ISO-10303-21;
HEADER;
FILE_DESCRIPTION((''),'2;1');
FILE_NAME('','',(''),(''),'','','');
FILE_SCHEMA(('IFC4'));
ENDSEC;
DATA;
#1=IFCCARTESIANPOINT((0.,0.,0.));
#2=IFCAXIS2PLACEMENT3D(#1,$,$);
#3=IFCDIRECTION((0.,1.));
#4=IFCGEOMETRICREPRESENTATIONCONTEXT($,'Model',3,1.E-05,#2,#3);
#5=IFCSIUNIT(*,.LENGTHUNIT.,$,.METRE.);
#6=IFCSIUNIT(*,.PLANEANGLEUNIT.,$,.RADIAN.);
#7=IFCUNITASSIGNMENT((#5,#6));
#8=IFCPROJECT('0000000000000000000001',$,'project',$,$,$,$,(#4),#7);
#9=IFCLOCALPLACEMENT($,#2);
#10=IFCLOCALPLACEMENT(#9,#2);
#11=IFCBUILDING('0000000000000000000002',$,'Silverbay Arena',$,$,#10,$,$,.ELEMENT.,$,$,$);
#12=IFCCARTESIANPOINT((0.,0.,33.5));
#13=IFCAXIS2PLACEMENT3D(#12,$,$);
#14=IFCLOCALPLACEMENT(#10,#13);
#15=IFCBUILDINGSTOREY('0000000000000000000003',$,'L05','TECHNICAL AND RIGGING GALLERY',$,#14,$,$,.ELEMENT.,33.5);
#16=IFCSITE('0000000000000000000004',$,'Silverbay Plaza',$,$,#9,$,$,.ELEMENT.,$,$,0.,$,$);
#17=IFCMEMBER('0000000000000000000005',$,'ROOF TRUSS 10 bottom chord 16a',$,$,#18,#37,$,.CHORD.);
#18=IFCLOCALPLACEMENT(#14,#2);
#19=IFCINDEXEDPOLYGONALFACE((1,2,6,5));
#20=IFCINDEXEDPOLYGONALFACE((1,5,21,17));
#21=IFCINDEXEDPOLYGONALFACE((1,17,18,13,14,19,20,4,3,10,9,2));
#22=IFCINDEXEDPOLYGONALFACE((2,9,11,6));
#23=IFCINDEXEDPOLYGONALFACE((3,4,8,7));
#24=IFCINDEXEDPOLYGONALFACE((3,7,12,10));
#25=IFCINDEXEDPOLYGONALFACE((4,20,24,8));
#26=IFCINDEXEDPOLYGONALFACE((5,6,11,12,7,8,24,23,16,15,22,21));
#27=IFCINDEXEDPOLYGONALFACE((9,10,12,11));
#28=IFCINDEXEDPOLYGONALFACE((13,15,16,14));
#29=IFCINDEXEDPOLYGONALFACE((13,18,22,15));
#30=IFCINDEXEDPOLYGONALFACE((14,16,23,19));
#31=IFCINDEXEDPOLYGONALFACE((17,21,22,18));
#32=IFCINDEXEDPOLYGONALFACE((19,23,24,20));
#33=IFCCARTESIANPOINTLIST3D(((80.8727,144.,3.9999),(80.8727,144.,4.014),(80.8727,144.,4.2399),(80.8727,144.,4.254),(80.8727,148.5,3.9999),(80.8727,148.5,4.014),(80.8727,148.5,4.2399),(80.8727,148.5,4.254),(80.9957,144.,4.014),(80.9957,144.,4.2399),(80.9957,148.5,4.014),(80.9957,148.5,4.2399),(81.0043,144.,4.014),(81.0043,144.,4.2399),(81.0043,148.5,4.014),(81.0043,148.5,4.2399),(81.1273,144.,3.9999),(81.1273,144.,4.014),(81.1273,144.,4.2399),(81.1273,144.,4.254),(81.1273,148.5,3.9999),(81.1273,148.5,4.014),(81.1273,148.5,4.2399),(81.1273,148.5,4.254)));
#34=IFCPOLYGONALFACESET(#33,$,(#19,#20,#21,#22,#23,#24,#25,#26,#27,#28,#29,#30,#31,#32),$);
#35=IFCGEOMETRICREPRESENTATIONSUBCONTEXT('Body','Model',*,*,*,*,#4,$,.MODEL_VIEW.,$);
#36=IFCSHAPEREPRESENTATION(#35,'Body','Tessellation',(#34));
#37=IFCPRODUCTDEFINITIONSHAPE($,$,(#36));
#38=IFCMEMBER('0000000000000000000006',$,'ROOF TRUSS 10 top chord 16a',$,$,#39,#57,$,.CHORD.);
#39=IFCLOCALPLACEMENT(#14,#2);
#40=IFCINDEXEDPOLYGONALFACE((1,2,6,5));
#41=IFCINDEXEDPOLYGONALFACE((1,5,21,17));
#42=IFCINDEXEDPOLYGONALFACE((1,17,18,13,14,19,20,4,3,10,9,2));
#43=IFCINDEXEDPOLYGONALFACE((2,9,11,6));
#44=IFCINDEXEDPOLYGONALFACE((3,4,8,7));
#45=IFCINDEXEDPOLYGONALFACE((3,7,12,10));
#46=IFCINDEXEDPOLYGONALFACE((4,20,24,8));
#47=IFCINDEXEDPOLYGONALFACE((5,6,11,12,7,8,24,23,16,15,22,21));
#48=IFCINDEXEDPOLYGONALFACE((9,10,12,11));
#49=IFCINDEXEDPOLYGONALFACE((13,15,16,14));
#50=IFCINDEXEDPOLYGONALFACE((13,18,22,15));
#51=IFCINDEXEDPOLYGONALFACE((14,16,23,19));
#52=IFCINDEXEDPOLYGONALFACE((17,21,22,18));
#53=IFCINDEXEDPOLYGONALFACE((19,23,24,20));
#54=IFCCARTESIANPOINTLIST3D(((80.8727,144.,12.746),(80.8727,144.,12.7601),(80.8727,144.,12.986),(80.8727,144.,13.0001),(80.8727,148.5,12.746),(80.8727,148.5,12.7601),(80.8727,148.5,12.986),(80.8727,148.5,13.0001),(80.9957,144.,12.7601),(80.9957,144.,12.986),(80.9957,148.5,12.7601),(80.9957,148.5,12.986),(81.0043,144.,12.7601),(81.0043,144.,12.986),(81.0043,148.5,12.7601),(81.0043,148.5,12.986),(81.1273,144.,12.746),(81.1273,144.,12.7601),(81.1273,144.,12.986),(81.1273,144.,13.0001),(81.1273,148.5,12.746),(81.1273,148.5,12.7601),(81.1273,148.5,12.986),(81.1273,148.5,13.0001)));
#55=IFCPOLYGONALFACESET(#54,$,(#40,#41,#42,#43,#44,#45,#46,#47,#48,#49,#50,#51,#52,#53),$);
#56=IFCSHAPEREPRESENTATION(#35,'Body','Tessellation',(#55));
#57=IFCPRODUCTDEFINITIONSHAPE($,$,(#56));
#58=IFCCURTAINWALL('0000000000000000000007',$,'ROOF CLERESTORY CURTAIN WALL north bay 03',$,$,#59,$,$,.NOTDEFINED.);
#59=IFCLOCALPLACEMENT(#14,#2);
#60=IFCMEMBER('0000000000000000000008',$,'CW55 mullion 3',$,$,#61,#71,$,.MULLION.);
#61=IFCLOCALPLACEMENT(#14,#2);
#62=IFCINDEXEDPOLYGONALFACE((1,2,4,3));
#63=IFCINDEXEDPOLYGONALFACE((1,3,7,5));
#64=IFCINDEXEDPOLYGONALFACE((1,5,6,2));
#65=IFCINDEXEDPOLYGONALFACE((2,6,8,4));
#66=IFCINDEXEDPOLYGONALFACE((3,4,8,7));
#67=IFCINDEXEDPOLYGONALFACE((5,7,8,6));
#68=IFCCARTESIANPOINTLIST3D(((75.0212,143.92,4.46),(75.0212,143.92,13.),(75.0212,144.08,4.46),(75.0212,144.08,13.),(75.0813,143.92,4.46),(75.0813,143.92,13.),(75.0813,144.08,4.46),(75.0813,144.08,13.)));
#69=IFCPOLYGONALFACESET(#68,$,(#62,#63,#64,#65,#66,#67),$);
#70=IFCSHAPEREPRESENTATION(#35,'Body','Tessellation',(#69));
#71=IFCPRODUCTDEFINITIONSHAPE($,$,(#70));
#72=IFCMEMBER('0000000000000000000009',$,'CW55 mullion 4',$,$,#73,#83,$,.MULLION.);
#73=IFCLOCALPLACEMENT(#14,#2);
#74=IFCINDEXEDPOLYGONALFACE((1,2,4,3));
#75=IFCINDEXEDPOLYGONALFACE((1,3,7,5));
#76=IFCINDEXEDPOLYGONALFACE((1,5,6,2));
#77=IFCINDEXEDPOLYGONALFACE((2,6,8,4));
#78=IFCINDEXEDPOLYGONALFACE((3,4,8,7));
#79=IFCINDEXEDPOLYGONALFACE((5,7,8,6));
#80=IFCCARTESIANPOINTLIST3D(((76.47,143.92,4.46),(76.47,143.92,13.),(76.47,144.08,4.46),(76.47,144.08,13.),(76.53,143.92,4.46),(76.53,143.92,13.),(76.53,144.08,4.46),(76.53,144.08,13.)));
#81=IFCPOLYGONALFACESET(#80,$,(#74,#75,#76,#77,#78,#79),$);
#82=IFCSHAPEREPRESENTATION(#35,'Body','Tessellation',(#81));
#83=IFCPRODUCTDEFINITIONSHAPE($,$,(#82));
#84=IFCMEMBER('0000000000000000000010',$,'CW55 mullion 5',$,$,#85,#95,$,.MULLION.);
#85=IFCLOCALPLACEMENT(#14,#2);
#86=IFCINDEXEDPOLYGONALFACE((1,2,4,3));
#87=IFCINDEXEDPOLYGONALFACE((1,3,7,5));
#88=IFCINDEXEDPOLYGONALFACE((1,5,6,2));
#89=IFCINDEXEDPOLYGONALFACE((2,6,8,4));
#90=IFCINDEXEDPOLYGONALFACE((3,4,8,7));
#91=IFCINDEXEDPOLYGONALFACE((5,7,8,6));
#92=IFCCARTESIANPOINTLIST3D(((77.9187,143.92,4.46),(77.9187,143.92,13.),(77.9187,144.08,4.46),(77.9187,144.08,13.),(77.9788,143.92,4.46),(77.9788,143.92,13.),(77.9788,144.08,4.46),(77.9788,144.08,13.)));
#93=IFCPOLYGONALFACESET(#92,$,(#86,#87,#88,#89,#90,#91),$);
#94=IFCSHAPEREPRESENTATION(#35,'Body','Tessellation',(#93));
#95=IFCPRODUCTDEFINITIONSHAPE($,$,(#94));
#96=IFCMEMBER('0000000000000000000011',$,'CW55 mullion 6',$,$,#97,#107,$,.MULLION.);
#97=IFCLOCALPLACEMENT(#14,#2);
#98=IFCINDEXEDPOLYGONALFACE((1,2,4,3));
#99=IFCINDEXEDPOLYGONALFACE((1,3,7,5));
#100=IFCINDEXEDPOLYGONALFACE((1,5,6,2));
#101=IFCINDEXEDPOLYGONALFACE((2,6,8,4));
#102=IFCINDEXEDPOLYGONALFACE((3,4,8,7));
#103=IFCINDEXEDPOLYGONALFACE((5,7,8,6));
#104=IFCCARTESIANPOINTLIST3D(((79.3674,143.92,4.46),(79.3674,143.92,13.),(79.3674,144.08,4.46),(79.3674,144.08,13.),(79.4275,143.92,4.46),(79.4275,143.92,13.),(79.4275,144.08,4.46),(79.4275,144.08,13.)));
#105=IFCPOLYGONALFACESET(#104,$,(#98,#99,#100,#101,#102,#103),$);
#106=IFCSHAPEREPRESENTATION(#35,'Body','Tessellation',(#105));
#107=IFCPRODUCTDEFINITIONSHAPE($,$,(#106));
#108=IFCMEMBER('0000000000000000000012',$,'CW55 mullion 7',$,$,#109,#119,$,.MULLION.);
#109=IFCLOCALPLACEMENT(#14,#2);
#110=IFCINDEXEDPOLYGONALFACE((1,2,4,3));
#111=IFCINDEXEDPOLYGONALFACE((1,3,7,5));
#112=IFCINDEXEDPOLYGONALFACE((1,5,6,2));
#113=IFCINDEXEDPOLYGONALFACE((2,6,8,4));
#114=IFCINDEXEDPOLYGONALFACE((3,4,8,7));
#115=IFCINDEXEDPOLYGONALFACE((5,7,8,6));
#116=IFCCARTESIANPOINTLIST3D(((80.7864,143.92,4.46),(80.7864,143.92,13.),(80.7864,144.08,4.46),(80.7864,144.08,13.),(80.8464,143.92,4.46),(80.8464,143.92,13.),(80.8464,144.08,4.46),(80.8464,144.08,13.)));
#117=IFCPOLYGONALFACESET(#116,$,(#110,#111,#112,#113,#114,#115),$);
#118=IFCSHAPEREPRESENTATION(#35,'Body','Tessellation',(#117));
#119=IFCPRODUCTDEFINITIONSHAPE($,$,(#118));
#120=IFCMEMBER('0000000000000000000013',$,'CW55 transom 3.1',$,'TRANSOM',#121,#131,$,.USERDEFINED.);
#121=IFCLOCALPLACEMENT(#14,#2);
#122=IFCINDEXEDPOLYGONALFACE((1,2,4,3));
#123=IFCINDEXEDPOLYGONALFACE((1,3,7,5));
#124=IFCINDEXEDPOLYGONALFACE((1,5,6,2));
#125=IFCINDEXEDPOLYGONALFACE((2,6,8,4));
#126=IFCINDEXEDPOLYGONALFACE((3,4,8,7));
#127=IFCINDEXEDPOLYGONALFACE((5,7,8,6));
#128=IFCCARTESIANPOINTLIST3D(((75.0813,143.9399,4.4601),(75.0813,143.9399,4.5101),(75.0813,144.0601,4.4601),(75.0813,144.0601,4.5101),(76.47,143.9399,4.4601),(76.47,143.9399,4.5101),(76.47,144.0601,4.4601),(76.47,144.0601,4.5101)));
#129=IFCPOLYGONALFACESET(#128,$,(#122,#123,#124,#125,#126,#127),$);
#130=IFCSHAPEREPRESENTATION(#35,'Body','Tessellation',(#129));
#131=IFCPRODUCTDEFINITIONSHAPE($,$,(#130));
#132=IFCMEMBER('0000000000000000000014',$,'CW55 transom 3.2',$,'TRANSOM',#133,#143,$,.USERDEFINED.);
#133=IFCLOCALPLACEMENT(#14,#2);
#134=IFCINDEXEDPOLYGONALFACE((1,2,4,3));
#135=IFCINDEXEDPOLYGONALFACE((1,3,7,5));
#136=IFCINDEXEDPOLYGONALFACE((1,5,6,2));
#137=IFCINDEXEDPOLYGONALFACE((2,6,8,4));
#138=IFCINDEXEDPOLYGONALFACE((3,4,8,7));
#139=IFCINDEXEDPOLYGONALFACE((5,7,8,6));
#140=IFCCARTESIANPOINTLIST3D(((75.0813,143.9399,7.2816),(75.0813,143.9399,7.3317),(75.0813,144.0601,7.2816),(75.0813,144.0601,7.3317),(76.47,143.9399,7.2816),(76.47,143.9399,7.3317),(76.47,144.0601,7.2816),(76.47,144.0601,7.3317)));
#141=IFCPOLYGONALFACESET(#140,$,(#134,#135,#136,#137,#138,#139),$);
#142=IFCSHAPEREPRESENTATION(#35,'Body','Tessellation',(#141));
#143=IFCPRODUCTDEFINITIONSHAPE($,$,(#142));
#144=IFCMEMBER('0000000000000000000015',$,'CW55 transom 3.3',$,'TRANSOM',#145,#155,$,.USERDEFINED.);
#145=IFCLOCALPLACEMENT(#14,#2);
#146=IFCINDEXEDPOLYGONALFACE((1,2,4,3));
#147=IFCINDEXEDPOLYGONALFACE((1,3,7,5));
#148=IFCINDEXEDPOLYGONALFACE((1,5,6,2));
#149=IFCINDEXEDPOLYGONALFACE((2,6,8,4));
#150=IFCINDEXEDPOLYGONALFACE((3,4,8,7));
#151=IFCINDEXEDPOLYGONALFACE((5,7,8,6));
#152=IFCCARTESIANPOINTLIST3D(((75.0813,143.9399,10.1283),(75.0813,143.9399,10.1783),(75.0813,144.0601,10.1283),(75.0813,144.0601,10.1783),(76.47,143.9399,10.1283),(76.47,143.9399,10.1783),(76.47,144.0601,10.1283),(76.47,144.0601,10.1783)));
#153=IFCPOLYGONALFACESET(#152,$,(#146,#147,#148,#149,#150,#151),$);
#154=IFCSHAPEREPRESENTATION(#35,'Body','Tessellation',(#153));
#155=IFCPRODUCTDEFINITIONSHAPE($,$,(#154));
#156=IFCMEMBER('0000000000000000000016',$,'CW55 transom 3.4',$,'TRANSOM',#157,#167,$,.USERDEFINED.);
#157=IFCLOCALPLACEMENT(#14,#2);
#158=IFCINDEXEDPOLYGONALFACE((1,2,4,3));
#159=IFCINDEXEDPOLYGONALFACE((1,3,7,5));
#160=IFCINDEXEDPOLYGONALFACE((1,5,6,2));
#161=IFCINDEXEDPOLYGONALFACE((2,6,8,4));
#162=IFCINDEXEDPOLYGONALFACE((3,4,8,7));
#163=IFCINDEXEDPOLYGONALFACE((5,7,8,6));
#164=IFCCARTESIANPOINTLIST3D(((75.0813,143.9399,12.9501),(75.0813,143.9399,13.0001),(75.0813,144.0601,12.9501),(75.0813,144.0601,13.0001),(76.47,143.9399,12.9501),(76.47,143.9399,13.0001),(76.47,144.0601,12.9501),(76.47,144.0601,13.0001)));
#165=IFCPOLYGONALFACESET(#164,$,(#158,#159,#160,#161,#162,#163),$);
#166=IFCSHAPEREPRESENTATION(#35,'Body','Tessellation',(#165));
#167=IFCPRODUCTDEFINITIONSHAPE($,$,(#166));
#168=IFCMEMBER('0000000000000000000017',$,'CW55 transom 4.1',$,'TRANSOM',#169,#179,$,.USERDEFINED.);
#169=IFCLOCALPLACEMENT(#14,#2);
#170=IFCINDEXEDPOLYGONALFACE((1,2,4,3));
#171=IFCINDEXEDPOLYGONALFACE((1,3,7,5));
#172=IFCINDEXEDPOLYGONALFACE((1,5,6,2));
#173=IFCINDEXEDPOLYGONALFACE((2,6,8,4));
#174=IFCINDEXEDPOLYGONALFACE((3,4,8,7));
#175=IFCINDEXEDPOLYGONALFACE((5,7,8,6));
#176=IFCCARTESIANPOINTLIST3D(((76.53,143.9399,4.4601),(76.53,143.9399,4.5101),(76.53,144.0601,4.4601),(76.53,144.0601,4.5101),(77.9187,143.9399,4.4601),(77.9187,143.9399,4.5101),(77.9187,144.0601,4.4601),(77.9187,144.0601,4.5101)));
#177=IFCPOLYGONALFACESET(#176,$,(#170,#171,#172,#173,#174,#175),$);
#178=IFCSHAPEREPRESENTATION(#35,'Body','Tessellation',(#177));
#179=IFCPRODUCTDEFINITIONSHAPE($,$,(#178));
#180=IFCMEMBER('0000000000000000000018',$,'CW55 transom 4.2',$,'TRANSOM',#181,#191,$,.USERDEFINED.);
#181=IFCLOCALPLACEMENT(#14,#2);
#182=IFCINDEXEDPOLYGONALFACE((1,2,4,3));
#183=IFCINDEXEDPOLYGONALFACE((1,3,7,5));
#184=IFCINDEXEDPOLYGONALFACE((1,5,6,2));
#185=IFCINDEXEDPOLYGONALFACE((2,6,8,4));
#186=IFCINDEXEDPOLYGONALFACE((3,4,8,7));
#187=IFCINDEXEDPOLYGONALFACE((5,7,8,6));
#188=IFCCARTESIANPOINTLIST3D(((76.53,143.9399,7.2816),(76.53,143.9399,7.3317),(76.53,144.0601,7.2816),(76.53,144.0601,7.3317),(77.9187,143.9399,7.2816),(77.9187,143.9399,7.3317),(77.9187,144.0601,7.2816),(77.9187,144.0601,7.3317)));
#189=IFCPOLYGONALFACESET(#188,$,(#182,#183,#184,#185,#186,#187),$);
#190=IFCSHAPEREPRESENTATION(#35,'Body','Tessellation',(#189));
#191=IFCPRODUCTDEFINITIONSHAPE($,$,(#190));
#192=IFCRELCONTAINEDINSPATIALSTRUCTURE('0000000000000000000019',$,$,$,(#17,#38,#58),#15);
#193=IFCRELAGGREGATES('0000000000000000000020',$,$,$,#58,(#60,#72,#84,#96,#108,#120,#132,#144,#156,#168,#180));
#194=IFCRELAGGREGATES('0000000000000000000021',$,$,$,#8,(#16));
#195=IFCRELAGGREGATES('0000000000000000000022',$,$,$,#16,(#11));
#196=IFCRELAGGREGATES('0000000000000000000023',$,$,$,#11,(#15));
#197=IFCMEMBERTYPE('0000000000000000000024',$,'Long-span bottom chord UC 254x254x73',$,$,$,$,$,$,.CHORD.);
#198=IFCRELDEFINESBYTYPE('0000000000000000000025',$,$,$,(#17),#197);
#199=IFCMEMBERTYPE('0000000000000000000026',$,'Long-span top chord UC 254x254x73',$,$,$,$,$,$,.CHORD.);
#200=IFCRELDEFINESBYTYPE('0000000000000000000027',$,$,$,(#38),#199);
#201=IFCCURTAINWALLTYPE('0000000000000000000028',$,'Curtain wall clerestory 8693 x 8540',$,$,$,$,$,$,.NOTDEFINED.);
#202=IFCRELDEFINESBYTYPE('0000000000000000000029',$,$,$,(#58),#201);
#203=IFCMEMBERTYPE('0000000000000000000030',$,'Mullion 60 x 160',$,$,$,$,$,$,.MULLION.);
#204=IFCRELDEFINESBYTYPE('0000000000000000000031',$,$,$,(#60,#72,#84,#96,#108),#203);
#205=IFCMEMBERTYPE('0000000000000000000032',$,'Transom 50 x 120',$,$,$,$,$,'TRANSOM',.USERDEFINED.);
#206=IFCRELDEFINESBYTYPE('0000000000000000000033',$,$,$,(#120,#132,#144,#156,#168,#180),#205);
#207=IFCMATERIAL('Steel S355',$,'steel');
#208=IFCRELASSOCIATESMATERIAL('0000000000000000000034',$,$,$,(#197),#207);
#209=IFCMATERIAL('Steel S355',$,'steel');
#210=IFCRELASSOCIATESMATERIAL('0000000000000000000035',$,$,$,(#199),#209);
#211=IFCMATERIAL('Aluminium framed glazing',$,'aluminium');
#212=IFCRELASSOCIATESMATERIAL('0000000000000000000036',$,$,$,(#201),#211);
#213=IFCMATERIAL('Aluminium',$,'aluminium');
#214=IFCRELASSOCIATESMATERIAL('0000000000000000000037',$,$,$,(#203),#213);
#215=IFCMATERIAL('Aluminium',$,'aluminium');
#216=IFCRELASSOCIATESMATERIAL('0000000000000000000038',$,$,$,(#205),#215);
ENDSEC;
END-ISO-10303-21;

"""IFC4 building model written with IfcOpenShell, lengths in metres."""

from ifc_helpers import new_model, si_unit, direction, frame, origin, origin_2d, place, context, subcontext, project, spatial, rectangle, i_section, extrude, material, material_profile, profile_set, type_object, element, aggregate, save


model = new_model("IFC4")

# Units and contexts
model_context = context("Model", 3, precision=1e-05, world=origin(), true_north=direction((0.0, 1.0)))
body_context = subcontext(model_context, "Body", "Model", "MODEL_VIEW")
ifc_project = project(units=[si_unit("LENGTHUNIT", "METRE"), si_unit("PLANEANGLEUNIT", "RADIAN")], contexts=[model_context])

# Site, building, storey
site_placement = place(None, origin())
site = spatial("IfcSite", under=ifc_project, at=site_placement, Name="Silverbay Plaza", CompositionType="ELEMENT", RefElevation=0.0)
building_placement = place(site_placement, origin())
building = spatial("IfcBuilding", under=site, at=building_placement, Name="Silverbay Arena", CompositionType="ELEMENT")
storey_placement = place(building_placement, frame((0.0, 0.0, 33.5)))
storey = spatial("IfcBuildingStorey", under=building, at=storey_placement, Name="L05", Description="TECHNICAL AND RIGGING GALLERY", CompositionType="ELEMENT", Elevation=33.5)

# Members
ifc_material_1 = material(Name="Steel S355", Category="steel")
ifc_material_profile_1 = material_profile(ifc_material_1, i_section(OverallWidth=0.2546, OverallDepth=0.2542, WebThickness=0.0085, FlangeThickness=0.0142, at=origin_2d()), Name="UC 254x254x73")
ifc_profile_set_1 = profile_set([ifc_material_profile_1], Name="Steel S355")
member_type_1 = type_object("IfcMemberType", Name="Long-span bottom chord UC 254x254x73", PredefinedType="CHORD", material=ifc_profile_set_1)
member_1_placement = place(storey_placement, frame((81.0, 144.0, 4.127), z_axis=(0.0, 1.0, 0.0), x_axis=(-1.0, 0.0, 0.0)))
element("IfcMember", 1, at=member_1_placement, inside=storey, type_object=member_type_1, Name="ROOF TRUSS 10 bottom chord 16a", PredefinedType="CHORD", context=body_context, shape_type="SweptSolid", body=[
    extrude(i_section(OverallWidth=0.2546, OverallDepth=0.2542, WebThickness=0.0085, FlangeThickness=0.0142, at=origin_2d()), origin(), (0.0, 0.0, 1.0), 4.5),
])
ifc_material_2 = material(Name="Steel S355", Category="steel")
ifc_material_profile_2 = material_profile(ifc_material_2, i_section(OverallWidth=0.2546, OverallDepth=0.2542, WebThickness=0.0085, FlangeThickness=0.0142, at=origin_2d()), Name="UC 254x254x73")
ifc_profile_set_2 = profile_set([ifc_material_profile_2], Name="Steel S355")
member_type_2 = type_object("IfcMemberType", Name="Long-span top chord UC 254x254x73", PredefinedType="CHORD", material=ifc_profile_set_2)
member_2_placement = place(storey_placement, frame((81.0, 144.0, 12.873), z_axis=(0.0, 1.0, 0.0), x_axis=(-1.0, 0.0, 0.0)))
element("IfcMember", 2, at=member_2_placement, inside=storey, type_object=member_type_2, Name="ROOF TRUSS 10 top chord 16a", PredefinedType="CHORD", context=body_context, shape_type="SweptSolid", body=[
    extrude(i_section(OverallWidth=0.2546, OverallDepth=0.2542, WebThickness=0.0085, FlangeThickness=0.0142, at=origin_2d()), origin(), (0.0, 0.0, 1.0), 4.5),
])

# Curtain wall, members
ifc_material_3 = material(Name="Aluminium framed glazing", Category="aluminium")
curtain_wall_type = type_object("IfcCurtainWallType", Name="Curtain wall clerestory 8693 x 8540", PredefinedType="NOTDEFINED", material=ifc_material_3)
curtain_wall_placement = place(storey_placement, origin())
curtain_wall = element("IfcCurtainWall", 3, at=curtain_wall_placement, inside=storey, type_object=curtain_wall_type, Name="ROOF CLERESTORY CURTAIN WALL north bay 03", PredefinedType="NOTDEFINED")
ifc_material_4 = material(Name="Aluminium", Category="aluminium")
ifc_material_profile_3 = material_profile(ifc_material_4, rectangle(XDim=0.1599, YDim=0.0601, at=origin_2d()), Name="Mullion 60 x 160")
ifc_profile_set_3 = profile_set([ifc_material_profile_3], Name="Aluminium")
member_type_3 = type_object("IfcMemberType", Name="Mullion 60 x 160", PredefinedType="MULLION", material=ifc_profile_set_3)
member_3_placement = place(storey_placement, frame((75.0513, 144.0, 4.46), z_axis=(0.0, 0.0, 1.0), x_axis=(0.0, 1.0, 0.0)))
member_3 = element("IfcMember", 4, at=member_3_placement, type_object=member_type_3, Name="CW55 mullion 3", PredefinedType="MULLION", context=body_context, shape_type="SweptSolid", body=[
    extrude(rectangle(XDim=0.1599, YDim=0.0601, at=origin_2d()), origin(), (0.0, 0.0, 1.0), 8.54),
])
member_4_placement = place(storey_placement, frame((76.5, 144.0, 4.46), z_axis=(0.0, 0.0, 1.0), x_axis=(0.0, 1.0, 0.0)))
member_4 = element("IfcMember", 5, at=member_4_placement, type_object=member_type_3, Name="CW55 mullion 4", PredefinedType="MULLION", context=body_context, shape_type="SweptSolid", body=[
    extrude(rectangle(XDim=0.1599, YDim=0.0601, at=origin_2d()), origin(), (0.0, 0.0, 1.0), 8.54),
])
member_5_placement = place(storey_placement, frame((77.9487, 144.0, 4.46), z_axis=(0.0, 0.0, 1.0), x_axis=(0.0, 1.0, 0.0)))
member_5 = element("IfcMember", 6, at=member_5_placement, type_object=member_type_3, Name="CW55 mullion 5", PredefinedType="MULLION", context=body_context, shape_type="SweptSolid", body=[
    extrude(rectangle(XDim=0.1599, YDim=0.0601, at=origin_2d()), origin(), (0.0, 0.0, 1.0), 8.54),
])
member_6_placement = place(storey_placement, frame((79.3975, 144.0, 4.46), z_axis=(0.0, 0.0, 1.0), x_axis=(0.0, 1.0, 0.0)))
member_6 = element("IfcMember", 7, at=member_6_placement, type_object=member_type_3, Name="CW55 mullion 6", PredefinedType="MULLION", context=body_context, shape_type="SweptSolid", body=[
    extrude(rectangle(XDim=0.1599, YDim=0.0601, at=origin_2d()), origin(), (0.0, 0.0, 1.0), 8.54),
])
member_7_placement = place(storey_placement, frame((80.8164, 144.0, 4.46), z_axis=(0.0, 0.0, 1.0), x_axis=(0.0, 1.0, 0.0)))
member_7 = element("IfcMember", 8, at=member_7_placement, type_object=member_type_3, Name="CW55 mullion 7", PredefinedType="MULLION", context=body_context, shape_type="SweptSolid", body=[
    extrude(rectangle(XDim=0.1599, YDim=0.0601, at=origin_2d()), origin(), (0.0, 0.0, 1.0), 8.54),
])
ifc_material_5 = material(Name="Aluminium", Category="aluminium")
ifc_material_profile_4 = material_profile(ifc_material_5, rectangle(XDim=0.1201, YDim=0.05, at=origin_2d()), Name="Transom 50 x 120")
ifc_profile_set_4 = profile_set([ifc_material_profile_4], Name="Aluminium")
member_type_4 = type_object("IfcMemberType", Name="Transom 50 x 120", ElementType="TRANSOM", PredefinedType="USERDEFINED", material=ifc_profile_set_4)
member_8_placement = place(storey_placement, frame((75.0813, 144.0, 4.4851), z_axis=(1.0, 0.0, 0.0), x_axis=(0.0, 1.0, 0.0)))
member_8 = element("IfcMember", 9, at=member_8_placement, type_object=member_type_4, Name="CW55 transom 3.1", ObjectType="TRANSOM", PredefinedType="USERDEFINED", context=body_context, shape_type="SweptSolid", body=[
    extrude(rectangle(XDim=0.1201, YDim=0.05, at=origin_2d()), origin(), (0.0, 0.0, 1.0), 1.3887),
])
member_9_placement = place(storey_placement, frame((75.0813, 144.0, 7.3066), z_axis=(1.0, 0.0, 0.0), x_axis=(0.0, 1.0, 0.0)))
member_9 = element("IfcMember", 10, at=member_9_placement, type_object=member_type_4, Name="CW55 transom 3.2", ObjectType="TRANSOM", PredefinedType="USERDEFINED", context=body_context, shape_type="SweptSolid", body=[
    extrude(rectangle(XDim=0.1201, YDim=0.05, at=origin_2d()), origin(), (0.0, 0.0, 1.0), 1.3887),
])
member_10_placement = place(storey_placement, frame((75.0813, 144.0, 10.1533), z_axis=(1.0, 0.0, 0.0), x_axis=(0.0, 1.0, 0.0)))
member_10 = element("IfcMember", 11, at=member_10_placement, type_object=member_type_4, Name="CW55 transom 3.3", ObjectType="TRANSOM", PredefinedType="USERDEFINED", context=body_context, shape_type="SweptSolid", body=[
    extrude(rectangle(XDim=0.1201, YDim=0.05, at=origin_2d()), origin(), (0.0, 0.0, 1.0), 1.3887),
])
member_11_placement = place(storey_placement, frame((75.0813, 144.0, 12.9751), z_axis=(1.0, 0.0, 0.0), x_axis=(0.0, 1.0, 0.0)))
member_11 = element("IfcMember", 12, at=member_11_placement, type_object=member_type_4, Name="CW55 transom 3.4", ObjectType="TRANSOM", PredefinedType="USERDEFINED", context=body_context, shape_type="SweptSolid", body=[
    extrude(rectangle(XDim=0.1201, YDim=0.05, at=origin_2d()), origin(), (0.0, 0.0, 1.0), 1.3887),
])
member_12_placement = place(storey_placement, frame((76.53, 144.0, 4.4851), z_axis=(1.0, 0.0, 0.0), x_axis=(0.0, 1.0, 0.0)))
member_12 = element("IfcMember", 13, at=member_12_placement, type_object=member_type_4, Name="CW55 transom 4.1", ObjectType="TRANSOM", PredefinedType="USERDEFINED", context=body_context, shape_type="SweptSolid", body=[
    extrude(rectangle(XDim=0.1201, YDim=0.05, at=origin_2d()), origin(), (0.0, 0.0, 1.0), 1.3887),
])
member_13_placement = place(storey_placement, frame((76.53, 144.0, 7.3066), z_axis=(1.0, 0.0, 0.0), x_axis=(0.0, 1.0, 0.0)))
member_13 = element("IfcMember", 14, at=member_13_placement, type_object=member_type_4, Name="CW55 transom 4.2", ObjectType="TRANSOM", PredefinedType="USERDEFINED", context=body_context, shape_type="SweptSolid", body=[
    extrude(rectangle(XDim=0.1201, YDim=0.05, at=origin_2d()), origin(), (0.0, 0.0, 1.0), 1.3887),
])
aggregate(curtain_wall, [member_3, member_4, member_5, member_6, member_7, member_8, member_9, member_10, member_11, member_12, member_13])

save(model, "model.ifc")
